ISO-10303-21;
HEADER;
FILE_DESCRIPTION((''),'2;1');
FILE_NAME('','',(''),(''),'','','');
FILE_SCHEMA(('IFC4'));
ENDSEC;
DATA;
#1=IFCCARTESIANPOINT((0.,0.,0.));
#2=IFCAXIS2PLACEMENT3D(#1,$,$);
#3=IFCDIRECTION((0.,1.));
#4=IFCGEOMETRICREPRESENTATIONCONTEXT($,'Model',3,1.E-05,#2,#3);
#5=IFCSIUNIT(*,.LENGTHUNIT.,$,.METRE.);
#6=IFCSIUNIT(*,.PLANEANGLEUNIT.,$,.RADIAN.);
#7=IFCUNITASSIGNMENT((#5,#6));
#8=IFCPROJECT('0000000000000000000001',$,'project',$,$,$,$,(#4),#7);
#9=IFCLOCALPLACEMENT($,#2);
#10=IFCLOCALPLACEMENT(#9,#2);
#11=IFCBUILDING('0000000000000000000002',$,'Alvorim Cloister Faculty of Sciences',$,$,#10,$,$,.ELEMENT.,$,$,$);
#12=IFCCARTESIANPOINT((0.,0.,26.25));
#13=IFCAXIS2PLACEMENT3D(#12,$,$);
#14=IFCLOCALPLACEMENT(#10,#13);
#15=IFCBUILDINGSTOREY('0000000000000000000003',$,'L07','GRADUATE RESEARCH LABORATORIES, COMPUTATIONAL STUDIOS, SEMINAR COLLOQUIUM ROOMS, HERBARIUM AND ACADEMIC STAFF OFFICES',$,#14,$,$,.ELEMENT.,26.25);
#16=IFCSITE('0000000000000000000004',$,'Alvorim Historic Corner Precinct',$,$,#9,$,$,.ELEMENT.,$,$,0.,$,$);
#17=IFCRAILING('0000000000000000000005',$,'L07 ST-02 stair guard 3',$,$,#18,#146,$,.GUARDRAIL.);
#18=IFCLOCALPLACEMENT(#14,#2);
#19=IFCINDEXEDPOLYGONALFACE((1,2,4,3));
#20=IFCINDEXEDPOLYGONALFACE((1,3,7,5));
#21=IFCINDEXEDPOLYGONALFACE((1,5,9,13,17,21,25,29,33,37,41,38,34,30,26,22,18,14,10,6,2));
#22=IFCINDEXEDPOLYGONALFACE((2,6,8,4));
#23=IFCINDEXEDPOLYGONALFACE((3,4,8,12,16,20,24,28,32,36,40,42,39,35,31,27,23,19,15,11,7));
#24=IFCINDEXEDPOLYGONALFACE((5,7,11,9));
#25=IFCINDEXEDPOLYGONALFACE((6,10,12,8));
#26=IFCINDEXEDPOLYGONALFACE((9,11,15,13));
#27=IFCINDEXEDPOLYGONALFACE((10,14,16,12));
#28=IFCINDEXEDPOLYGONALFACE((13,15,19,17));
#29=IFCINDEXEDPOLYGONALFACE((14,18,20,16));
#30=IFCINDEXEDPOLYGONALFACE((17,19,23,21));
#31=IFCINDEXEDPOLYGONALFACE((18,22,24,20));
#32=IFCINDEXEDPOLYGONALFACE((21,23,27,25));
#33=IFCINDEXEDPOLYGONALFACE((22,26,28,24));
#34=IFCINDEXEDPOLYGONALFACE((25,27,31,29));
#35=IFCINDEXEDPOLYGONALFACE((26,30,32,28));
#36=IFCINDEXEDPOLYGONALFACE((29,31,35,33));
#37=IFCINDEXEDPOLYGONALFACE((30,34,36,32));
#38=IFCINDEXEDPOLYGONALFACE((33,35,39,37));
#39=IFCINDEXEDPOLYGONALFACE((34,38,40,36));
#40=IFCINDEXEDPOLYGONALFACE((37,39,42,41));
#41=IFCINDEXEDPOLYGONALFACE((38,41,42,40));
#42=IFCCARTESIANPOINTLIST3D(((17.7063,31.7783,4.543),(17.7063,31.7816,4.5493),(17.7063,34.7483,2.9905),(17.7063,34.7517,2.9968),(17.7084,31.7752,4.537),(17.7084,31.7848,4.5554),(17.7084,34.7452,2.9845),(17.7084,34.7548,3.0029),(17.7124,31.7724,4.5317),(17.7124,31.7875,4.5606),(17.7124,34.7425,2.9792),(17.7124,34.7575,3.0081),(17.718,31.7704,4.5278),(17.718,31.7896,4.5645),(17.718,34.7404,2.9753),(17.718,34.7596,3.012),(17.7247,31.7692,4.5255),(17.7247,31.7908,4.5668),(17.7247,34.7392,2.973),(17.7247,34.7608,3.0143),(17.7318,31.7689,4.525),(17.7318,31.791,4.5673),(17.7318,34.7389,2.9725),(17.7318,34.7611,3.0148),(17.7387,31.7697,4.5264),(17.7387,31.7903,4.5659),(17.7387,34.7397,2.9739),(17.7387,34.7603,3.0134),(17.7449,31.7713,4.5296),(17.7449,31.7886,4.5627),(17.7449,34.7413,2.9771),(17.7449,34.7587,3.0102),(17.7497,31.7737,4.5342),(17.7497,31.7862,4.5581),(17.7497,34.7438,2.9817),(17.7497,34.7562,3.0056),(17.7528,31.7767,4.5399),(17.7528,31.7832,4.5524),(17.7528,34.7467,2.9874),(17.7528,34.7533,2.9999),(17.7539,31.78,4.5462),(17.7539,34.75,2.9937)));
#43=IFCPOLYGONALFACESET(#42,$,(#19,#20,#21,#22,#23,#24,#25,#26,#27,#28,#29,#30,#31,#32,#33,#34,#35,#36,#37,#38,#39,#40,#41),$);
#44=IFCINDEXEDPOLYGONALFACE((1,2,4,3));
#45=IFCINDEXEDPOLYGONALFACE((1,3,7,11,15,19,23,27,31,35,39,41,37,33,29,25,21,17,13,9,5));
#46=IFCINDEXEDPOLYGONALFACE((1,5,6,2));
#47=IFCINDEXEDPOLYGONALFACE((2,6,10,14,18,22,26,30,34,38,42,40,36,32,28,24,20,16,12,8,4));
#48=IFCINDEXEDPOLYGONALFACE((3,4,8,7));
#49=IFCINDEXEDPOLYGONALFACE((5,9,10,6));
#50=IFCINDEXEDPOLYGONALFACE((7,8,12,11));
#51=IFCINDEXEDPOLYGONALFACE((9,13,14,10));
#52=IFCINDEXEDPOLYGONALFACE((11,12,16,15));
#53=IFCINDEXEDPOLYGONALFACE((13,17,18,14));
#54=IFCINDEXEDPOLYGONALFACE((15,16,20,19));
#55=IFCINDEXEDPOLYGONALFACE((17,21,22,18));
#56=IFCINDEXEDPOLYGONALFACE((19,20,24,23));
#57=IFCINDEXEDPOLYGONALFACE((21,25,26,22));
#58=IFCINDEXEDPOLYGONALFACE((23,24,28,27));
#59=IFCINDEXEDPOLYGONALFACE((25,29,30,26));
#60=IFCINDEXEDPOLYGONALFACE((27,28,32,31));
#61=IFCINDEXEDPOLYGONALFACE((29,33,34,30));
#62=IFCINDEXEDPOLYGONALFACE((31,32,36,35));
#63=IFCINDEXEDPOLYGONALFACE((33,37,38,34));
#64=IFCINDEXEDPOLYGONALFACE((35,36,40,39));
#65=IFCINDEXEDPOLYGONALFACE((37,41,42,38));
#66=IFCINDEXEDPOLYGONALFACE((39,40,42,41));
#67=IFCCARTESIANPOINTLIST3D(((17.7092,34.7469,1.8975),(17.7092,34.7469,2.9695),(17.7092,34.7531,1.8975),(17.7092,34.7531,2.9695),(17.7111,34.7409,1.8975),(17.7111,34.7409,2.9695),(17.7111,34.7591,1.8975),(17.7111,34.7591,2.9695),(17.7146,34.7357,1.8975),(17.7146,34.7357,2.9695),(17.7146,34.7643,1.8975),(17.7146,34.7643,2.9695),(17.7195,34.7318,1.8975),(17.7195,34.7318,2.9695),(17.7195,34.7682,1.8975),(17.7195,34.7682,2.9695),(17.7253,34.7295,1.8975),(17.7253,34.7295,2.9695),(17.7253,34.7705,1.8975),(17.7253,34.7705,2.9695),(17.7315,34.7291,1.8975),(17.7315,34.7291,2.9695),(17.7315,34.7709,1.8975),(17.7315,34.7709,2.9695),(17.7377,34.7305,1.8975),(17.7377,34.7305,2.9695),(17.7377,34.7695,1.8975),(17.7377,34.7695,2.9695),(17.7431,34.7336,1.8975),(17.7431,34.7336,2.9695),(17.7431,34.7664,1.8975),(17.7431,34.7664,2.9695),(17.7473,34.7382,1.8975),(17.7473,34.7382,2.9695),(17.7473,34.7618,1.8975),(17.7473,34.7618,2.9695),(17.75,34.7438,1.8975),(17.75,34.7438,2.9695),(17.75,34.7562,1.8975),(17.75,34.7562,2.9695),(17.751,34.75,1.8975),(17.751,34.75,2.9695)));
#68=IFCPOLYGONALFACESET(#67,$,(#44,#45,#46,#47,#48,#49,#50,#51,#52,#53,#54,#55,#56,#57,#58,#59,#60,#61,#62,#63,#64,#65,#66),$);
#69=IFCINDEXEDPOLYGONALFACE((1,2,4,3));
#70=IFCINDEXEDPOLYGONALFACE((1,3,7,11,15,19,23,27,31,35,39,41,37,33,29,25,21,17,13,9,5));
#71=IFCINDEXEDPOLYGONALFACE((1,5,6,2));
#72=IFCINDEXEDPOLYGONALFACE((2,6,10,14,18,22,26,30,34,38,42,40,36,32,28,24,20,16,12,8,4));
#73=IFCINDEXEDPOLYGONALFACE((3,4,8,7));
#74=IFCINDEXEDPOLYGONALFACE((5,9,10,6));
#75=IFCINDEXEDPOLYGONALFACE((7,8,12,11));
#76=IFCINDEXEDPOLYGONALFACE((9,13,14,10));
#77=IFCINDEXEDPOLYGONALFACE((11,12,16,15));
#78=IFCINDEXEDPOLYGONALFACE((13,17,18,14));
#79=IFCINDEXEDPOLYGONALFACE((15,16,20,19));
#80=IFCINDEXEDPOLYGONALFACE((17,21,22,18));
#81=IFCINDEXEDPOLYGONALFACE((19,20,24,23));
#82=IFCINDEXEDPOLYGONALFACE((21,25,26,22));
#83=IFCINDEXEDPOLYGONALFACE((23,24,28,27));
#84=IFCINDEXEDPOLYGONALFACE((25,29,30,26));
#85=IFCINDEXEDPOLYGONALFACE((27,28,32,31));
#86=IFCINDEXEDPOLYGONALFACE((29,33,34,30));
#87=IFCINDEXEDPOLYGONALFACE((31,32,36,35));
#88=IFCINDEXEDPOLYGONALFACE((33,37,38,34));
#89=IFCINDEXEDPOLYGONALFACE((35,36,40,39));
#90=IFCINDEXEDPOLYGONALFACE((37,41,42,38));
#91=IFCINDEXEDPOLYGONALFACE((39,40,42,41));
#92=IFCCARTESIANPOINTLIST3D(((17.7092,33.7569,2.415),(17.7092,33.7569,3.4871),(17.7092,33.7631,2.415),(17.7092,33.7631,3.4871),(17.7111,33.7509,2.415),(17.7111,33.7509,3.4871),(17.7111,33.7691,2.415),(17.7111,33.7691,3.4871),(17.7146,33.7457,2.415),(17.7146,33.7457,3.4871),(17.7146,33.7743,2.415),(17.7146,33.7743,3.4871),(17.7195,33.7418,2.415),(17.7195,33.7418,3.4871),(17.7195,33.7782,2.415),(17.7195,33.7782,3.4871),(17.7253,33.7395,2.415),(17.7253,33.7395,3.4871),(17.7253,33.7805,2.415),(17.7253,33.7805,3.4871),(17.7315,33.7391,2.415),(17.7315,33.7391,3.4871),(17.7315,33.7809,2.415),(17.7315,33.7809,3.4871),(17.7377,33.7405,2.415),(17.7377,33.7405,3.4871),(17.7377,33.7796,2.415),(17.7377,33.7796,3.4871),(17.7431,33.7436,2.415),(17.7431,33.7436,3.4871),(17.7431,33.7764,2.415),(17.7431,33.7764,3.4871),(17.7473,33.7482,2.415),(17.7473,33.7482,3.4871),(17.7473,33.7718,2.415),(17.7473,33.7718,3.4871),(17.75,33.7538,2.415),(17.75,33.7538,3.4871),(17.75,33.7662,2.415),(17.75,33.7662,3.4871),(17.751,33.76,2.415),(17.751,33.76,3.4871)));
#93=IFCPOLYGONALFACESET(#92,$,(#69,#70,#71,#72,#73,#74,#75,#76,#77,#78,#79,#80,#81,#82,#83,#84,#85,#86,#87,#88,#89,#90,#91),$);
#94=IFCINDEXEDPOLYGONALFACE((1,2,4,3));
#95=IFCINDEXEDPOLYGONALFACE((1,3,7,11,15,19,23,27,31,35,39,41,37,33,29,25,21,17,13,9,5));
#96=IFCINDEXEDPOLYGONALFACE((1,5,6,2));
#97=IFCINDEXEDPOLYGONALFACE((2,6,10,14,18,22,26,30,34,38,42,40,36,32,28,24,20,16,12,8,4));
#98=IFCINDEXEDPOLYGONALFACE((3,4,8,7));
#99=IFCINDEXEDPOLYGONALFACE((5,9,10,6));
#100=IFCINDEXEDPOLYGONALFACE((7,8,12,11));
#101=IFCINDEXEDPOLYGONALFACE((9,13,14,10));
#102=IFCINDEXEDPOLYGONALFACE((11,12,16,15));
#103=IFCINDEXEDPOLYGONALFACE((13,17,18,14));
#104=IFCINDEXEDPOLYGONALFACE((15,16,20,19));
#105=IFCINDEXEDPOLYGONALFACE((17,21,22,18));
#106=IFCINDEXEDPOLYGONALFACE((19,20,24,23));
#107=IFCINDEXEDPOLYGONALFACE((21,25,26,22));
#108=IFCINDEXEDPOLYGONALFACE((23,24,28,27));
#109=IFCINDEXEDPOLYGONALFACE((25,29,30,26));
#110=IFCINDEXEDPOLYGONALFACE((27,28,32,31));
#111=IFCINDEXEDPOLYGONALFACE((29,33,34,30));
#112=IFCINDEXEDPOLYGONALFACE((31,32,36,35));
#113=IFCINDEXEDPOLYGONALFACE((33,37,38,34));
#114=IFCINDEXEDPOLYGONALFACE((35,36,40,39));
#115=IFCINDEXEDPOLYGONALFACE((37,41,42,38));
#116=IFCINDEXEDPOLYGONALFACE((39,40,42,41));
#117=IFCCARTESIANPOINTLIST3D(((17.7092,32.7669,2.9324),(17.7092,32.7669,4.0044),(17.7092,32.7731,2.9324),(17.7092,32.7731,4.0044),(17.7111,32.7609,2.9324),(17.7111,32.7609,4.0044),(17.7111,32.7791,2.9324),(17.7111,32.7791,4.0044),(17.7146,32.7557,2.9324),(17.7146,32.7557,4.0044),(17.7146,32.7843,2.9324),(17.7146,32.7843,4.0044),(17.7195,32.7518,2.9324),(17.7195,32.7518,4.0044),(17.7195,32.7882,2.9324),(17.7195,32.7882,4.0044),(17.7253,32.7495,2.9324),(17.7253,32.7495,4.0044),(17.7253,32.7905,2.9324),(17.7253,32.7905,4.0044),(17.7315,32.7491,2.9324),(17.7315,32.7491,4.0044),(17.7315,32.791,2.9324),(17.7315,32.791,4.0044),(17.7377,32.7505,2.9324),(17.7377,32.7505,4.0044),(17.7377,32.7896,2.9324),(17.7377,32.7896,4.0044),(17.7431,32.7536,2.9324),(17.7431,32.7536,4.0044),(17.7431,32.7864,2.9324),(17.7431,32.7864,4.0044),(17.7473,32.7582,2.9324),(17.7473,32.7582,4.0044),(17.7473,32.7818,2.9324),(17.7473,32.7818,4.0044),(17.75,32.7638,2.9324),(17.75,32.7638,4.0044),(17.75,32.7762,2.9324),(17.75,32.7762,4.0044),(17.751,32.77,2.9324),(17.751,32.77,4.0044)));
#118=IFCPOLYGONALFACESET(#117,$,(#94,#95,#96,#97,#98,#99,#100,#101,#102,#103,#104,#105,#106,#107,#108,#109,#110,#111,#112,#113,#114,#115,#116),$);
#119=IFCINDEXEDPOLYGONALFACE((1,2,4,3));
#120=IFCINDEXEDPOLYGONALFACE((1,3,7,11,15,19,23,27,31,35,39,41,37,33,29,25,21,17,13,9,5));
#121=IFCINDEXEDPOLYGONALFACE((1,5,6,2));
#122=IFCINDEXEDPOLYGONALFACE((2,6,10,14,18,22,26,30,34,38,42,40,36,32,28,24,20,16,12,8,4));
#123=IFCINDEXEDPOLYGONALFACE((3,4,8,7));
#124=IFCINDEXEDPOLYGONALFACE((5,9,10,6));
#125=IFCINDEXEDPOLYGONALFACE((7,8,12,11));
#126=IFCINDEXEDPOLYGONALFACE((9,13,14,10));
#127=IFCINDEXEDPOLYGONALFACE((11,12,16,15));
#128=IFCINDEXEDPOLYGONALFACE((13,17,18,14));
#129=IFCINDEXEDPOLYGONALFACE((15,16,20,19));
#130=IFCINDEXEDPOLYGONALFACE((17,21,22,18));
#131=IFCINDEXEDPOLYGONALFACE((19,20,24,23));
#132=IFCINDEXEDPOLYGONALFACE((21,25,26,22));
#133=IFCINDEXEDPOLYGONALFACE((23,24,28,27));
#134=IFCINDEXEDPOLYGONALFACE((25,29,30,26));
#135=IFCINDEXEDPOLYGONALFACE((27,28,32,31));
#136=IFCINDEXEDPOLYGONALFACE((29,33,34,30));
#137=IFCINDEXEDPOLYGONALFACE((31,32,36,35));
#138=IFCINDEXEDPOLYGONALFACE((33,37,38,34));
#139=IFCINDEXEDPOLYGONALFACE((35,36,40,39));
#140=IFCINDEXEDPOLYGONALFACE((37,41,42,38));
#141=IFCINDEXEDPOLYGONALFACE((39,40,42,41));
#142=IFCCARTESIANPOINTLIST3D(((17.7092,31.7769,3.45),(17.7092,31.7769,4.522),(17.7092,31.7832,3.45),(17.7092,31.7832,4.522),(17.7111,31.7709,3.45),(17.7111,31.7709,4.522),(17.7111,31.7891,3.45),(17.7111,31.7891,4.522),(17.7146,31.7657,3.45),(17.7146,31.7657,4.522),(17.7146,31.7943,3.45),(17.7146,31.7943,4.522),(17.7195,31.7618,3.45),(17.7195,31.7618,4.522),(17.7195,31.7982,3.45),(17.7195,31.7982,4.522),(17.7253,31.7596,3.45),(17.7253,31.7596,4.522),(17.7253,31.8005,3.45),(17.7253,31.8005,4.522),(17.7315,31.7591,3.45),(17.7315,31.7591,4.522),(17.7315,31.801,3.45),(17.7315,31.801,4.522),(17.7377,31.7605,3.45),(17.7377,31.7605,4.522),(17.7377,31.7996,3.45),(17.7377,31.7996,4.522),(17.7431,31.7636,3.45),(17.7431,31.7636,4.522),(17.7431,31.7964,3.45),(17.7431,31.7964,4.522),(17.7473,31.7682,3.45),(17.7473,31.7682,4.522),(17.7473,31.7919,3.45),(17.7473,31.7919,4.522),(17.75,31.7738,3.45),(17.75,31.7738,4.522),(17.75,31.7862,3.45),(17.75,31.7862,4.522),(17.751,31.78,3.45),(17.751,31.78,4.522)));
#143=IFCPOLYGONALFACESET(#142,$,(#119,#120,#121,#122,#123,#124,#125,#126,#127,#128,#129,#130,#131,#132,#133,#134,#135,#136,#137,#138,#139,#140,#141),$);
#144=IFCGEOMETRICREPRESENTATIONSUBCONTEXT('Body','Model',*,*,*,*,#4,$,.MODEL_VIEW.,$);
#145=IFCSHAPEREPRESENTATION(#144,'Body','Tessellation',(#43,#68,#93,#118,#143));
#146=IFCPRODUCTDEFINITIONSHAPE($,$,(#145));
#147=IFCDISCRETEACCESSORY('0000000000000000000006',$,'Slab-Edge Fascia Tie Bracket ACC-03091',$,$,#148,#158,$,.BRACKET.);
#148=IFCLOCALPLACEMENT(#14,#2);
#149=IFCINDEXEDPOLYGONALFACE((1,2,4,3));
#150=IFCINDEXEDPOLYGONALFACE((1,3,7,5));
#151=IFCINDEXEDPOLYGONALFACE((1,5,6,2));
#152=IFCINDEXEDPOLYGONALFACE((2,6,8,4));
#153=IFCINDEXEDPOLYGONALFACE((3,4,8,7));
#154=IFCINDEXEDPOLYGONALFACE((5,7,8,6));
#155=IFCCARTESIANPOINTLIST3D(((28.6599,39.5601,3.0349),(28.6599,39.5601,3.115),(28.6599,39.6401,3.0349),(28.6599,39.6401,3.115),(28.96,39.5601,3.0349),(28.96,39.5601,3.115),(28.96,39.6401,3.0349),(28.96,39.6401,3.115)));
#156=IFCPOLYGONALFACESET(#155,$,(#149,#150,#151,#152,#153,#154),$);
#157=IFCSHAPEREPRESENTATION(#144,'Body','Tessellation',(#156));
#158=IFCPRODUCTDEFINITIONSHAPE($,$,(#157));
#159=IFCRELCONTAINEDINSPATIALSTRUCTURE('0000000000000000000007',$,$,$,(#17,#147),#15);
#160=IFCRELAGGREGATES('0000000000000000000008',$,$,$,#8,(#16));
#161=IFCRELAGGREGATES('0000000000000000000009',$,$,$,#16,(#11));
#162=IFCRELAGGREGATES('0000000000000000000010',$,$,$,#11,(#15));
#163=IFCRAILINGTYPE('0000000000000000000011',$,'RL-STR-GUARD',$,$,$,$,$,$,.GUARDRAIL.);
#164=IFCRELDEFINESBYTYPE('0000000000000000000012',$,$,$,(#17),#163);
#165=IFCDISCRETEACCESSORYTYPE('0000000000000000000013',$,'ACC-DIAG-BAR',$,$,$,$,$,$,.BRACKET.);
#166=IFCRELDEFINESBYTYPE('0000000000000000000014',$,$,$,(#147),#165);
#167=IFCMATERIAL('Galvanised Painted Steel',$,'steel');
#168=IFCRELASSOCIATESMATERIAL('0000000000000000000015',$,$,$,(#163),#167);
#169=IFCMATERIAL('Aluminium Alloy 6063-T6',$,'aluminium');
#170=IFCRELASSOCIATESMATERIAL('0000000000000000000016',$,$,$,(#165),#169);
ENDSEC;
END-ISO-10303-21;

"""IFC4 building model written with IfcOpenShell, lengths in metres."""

from ifc_helpers import new_model, si_unit, direction, frame, origin, origin_2d, place, context, subcontext, project, spatial, rectangle, circle, extrude, material, type_object, element, save


model = new_model("IFC4")

# Units and contexts
model_context = context("Model", 3, precision=1e-05, world=origin(), true_north=direction((0.0, 1.0)))
body_context = subcontext(model_context, "Body", "Model", "MODEL_VIEW")
ifc_project = project(units=[si_unit("LENGTHUNIT", "METRE"), si_unit("PLANEANGLEUNIT", "RADIAN")], contexts=[model_context])

# Site, building, storey
site_placement = place(None, origin())
site = spatial("IfcSite", under=ifc_project, at=site_placement, Name="Alvorim Historic Corner Precinct", CompositionType="ELEMENT", RefElevation=0.0)
building_placement = place(site_placement, origin())
building = spatial("IfcBuilding", under=site, at=building_placement, Name="Alvorim Cloister Faculty of Sciences", CompositionType="ELEMENT")
storey_placement = place(building_placement, frame((0.0, 0.0, 26.25)))
storey = spatial("IfcBuildingStorey", under=building, at=storey_placement, Name="L07", Description="GRADUATE RESEARCH LABORATORIES, COMPUTATIONAL STUDIOS, SEMINAR COLLOQUIUM ROOMS, HERBARIUM AND ACADEMIC STAFF OFFICES", CompositionType="ELEMENT", Elevation=26.25)

# Shared definitions
ifc_material_1 = material(Name="Aluminium Alloy 6063-T6", Category="aluminium")

# Railing
ifc_material_2 = material(Name="Galvanised Painted Steel", Category="steel")
railing_type_1 = type_object("IfcRailingType", Name="RL-STR-GUARD", PredefinedType="GUARDRAIL", material=ifc_material_2)
railing_1_placement = place(storey_placement, frame((17.73, 34.75, 1.8975)))
element("IfcRailing", 1, at=railing_1_placement, inside=storey, type_object=railing_type_1, Name="L07 ST-02 stair guard 3", PredefinedType="GUARDRAIL", context=body_context, shape_type="SweptSolid", body=[
    extrude(circle(Radius=0.0239, at=origin_2d()), frame((0.0, 0.0, 1.0962), z_axis=(0.0, -0.886225, 0.463256), x_axis=(1.0, 0.0, 0.0)), (0.0, 0.0, 1.0), 3.3513),
    extrude(circle(Radius=0.021, at=origin_2d()), origin(), (0.0, 0.0, 1.0), 1.072),
    extrude(circle(Radius=0.021, at=origin_2d()), frame((0.0, -0.99, 0.5176)), (0.0, 0.0, 1.0), 1.072),
    extrude(circle(Radius=0.021, at=origin_2d()), frame((0.0, -1.98, 1.0349)), (0.0, 0.0, 1.0), 1.072),
    extrude(circle(Radius=0.021, at=origin_2d()), frame((0.0, -2.97, 1.5525)), (0.0, 0.0, 1.0), 1.072),
])

# Discrete accessory
discrete_accessory_type = type_object("IfcDiscreteAccessoryType", Name="ACC-DIAG-BAR", PredefinedType="BRACKET", material=ifc_material_1)
discrete_accessory_placement = place(storey_placement, frame((28.6599, 39.6001, 3.075), z_axis=(1.0, 0.0, 0.0), x_axis=(0.0, 1.0, 0.0)))
element("IfcDiscreteAccessory", 2, at=discrete_accessory_placement, inside=storey, type_object=discrete_accessory_type, Name="Slab-Edge Fascia Tie Bracket ACC-03091", PredefinedType="BRACKET", context=body_context, shape_type="SweptSolid", body=[
    extrude(rectangle(XDim=0.0801, YDim=0.0801, at=origin_2d()), origin(), (0.0, 0.0, 1.0), 0.3),
])

save(model, "model.ifc")
